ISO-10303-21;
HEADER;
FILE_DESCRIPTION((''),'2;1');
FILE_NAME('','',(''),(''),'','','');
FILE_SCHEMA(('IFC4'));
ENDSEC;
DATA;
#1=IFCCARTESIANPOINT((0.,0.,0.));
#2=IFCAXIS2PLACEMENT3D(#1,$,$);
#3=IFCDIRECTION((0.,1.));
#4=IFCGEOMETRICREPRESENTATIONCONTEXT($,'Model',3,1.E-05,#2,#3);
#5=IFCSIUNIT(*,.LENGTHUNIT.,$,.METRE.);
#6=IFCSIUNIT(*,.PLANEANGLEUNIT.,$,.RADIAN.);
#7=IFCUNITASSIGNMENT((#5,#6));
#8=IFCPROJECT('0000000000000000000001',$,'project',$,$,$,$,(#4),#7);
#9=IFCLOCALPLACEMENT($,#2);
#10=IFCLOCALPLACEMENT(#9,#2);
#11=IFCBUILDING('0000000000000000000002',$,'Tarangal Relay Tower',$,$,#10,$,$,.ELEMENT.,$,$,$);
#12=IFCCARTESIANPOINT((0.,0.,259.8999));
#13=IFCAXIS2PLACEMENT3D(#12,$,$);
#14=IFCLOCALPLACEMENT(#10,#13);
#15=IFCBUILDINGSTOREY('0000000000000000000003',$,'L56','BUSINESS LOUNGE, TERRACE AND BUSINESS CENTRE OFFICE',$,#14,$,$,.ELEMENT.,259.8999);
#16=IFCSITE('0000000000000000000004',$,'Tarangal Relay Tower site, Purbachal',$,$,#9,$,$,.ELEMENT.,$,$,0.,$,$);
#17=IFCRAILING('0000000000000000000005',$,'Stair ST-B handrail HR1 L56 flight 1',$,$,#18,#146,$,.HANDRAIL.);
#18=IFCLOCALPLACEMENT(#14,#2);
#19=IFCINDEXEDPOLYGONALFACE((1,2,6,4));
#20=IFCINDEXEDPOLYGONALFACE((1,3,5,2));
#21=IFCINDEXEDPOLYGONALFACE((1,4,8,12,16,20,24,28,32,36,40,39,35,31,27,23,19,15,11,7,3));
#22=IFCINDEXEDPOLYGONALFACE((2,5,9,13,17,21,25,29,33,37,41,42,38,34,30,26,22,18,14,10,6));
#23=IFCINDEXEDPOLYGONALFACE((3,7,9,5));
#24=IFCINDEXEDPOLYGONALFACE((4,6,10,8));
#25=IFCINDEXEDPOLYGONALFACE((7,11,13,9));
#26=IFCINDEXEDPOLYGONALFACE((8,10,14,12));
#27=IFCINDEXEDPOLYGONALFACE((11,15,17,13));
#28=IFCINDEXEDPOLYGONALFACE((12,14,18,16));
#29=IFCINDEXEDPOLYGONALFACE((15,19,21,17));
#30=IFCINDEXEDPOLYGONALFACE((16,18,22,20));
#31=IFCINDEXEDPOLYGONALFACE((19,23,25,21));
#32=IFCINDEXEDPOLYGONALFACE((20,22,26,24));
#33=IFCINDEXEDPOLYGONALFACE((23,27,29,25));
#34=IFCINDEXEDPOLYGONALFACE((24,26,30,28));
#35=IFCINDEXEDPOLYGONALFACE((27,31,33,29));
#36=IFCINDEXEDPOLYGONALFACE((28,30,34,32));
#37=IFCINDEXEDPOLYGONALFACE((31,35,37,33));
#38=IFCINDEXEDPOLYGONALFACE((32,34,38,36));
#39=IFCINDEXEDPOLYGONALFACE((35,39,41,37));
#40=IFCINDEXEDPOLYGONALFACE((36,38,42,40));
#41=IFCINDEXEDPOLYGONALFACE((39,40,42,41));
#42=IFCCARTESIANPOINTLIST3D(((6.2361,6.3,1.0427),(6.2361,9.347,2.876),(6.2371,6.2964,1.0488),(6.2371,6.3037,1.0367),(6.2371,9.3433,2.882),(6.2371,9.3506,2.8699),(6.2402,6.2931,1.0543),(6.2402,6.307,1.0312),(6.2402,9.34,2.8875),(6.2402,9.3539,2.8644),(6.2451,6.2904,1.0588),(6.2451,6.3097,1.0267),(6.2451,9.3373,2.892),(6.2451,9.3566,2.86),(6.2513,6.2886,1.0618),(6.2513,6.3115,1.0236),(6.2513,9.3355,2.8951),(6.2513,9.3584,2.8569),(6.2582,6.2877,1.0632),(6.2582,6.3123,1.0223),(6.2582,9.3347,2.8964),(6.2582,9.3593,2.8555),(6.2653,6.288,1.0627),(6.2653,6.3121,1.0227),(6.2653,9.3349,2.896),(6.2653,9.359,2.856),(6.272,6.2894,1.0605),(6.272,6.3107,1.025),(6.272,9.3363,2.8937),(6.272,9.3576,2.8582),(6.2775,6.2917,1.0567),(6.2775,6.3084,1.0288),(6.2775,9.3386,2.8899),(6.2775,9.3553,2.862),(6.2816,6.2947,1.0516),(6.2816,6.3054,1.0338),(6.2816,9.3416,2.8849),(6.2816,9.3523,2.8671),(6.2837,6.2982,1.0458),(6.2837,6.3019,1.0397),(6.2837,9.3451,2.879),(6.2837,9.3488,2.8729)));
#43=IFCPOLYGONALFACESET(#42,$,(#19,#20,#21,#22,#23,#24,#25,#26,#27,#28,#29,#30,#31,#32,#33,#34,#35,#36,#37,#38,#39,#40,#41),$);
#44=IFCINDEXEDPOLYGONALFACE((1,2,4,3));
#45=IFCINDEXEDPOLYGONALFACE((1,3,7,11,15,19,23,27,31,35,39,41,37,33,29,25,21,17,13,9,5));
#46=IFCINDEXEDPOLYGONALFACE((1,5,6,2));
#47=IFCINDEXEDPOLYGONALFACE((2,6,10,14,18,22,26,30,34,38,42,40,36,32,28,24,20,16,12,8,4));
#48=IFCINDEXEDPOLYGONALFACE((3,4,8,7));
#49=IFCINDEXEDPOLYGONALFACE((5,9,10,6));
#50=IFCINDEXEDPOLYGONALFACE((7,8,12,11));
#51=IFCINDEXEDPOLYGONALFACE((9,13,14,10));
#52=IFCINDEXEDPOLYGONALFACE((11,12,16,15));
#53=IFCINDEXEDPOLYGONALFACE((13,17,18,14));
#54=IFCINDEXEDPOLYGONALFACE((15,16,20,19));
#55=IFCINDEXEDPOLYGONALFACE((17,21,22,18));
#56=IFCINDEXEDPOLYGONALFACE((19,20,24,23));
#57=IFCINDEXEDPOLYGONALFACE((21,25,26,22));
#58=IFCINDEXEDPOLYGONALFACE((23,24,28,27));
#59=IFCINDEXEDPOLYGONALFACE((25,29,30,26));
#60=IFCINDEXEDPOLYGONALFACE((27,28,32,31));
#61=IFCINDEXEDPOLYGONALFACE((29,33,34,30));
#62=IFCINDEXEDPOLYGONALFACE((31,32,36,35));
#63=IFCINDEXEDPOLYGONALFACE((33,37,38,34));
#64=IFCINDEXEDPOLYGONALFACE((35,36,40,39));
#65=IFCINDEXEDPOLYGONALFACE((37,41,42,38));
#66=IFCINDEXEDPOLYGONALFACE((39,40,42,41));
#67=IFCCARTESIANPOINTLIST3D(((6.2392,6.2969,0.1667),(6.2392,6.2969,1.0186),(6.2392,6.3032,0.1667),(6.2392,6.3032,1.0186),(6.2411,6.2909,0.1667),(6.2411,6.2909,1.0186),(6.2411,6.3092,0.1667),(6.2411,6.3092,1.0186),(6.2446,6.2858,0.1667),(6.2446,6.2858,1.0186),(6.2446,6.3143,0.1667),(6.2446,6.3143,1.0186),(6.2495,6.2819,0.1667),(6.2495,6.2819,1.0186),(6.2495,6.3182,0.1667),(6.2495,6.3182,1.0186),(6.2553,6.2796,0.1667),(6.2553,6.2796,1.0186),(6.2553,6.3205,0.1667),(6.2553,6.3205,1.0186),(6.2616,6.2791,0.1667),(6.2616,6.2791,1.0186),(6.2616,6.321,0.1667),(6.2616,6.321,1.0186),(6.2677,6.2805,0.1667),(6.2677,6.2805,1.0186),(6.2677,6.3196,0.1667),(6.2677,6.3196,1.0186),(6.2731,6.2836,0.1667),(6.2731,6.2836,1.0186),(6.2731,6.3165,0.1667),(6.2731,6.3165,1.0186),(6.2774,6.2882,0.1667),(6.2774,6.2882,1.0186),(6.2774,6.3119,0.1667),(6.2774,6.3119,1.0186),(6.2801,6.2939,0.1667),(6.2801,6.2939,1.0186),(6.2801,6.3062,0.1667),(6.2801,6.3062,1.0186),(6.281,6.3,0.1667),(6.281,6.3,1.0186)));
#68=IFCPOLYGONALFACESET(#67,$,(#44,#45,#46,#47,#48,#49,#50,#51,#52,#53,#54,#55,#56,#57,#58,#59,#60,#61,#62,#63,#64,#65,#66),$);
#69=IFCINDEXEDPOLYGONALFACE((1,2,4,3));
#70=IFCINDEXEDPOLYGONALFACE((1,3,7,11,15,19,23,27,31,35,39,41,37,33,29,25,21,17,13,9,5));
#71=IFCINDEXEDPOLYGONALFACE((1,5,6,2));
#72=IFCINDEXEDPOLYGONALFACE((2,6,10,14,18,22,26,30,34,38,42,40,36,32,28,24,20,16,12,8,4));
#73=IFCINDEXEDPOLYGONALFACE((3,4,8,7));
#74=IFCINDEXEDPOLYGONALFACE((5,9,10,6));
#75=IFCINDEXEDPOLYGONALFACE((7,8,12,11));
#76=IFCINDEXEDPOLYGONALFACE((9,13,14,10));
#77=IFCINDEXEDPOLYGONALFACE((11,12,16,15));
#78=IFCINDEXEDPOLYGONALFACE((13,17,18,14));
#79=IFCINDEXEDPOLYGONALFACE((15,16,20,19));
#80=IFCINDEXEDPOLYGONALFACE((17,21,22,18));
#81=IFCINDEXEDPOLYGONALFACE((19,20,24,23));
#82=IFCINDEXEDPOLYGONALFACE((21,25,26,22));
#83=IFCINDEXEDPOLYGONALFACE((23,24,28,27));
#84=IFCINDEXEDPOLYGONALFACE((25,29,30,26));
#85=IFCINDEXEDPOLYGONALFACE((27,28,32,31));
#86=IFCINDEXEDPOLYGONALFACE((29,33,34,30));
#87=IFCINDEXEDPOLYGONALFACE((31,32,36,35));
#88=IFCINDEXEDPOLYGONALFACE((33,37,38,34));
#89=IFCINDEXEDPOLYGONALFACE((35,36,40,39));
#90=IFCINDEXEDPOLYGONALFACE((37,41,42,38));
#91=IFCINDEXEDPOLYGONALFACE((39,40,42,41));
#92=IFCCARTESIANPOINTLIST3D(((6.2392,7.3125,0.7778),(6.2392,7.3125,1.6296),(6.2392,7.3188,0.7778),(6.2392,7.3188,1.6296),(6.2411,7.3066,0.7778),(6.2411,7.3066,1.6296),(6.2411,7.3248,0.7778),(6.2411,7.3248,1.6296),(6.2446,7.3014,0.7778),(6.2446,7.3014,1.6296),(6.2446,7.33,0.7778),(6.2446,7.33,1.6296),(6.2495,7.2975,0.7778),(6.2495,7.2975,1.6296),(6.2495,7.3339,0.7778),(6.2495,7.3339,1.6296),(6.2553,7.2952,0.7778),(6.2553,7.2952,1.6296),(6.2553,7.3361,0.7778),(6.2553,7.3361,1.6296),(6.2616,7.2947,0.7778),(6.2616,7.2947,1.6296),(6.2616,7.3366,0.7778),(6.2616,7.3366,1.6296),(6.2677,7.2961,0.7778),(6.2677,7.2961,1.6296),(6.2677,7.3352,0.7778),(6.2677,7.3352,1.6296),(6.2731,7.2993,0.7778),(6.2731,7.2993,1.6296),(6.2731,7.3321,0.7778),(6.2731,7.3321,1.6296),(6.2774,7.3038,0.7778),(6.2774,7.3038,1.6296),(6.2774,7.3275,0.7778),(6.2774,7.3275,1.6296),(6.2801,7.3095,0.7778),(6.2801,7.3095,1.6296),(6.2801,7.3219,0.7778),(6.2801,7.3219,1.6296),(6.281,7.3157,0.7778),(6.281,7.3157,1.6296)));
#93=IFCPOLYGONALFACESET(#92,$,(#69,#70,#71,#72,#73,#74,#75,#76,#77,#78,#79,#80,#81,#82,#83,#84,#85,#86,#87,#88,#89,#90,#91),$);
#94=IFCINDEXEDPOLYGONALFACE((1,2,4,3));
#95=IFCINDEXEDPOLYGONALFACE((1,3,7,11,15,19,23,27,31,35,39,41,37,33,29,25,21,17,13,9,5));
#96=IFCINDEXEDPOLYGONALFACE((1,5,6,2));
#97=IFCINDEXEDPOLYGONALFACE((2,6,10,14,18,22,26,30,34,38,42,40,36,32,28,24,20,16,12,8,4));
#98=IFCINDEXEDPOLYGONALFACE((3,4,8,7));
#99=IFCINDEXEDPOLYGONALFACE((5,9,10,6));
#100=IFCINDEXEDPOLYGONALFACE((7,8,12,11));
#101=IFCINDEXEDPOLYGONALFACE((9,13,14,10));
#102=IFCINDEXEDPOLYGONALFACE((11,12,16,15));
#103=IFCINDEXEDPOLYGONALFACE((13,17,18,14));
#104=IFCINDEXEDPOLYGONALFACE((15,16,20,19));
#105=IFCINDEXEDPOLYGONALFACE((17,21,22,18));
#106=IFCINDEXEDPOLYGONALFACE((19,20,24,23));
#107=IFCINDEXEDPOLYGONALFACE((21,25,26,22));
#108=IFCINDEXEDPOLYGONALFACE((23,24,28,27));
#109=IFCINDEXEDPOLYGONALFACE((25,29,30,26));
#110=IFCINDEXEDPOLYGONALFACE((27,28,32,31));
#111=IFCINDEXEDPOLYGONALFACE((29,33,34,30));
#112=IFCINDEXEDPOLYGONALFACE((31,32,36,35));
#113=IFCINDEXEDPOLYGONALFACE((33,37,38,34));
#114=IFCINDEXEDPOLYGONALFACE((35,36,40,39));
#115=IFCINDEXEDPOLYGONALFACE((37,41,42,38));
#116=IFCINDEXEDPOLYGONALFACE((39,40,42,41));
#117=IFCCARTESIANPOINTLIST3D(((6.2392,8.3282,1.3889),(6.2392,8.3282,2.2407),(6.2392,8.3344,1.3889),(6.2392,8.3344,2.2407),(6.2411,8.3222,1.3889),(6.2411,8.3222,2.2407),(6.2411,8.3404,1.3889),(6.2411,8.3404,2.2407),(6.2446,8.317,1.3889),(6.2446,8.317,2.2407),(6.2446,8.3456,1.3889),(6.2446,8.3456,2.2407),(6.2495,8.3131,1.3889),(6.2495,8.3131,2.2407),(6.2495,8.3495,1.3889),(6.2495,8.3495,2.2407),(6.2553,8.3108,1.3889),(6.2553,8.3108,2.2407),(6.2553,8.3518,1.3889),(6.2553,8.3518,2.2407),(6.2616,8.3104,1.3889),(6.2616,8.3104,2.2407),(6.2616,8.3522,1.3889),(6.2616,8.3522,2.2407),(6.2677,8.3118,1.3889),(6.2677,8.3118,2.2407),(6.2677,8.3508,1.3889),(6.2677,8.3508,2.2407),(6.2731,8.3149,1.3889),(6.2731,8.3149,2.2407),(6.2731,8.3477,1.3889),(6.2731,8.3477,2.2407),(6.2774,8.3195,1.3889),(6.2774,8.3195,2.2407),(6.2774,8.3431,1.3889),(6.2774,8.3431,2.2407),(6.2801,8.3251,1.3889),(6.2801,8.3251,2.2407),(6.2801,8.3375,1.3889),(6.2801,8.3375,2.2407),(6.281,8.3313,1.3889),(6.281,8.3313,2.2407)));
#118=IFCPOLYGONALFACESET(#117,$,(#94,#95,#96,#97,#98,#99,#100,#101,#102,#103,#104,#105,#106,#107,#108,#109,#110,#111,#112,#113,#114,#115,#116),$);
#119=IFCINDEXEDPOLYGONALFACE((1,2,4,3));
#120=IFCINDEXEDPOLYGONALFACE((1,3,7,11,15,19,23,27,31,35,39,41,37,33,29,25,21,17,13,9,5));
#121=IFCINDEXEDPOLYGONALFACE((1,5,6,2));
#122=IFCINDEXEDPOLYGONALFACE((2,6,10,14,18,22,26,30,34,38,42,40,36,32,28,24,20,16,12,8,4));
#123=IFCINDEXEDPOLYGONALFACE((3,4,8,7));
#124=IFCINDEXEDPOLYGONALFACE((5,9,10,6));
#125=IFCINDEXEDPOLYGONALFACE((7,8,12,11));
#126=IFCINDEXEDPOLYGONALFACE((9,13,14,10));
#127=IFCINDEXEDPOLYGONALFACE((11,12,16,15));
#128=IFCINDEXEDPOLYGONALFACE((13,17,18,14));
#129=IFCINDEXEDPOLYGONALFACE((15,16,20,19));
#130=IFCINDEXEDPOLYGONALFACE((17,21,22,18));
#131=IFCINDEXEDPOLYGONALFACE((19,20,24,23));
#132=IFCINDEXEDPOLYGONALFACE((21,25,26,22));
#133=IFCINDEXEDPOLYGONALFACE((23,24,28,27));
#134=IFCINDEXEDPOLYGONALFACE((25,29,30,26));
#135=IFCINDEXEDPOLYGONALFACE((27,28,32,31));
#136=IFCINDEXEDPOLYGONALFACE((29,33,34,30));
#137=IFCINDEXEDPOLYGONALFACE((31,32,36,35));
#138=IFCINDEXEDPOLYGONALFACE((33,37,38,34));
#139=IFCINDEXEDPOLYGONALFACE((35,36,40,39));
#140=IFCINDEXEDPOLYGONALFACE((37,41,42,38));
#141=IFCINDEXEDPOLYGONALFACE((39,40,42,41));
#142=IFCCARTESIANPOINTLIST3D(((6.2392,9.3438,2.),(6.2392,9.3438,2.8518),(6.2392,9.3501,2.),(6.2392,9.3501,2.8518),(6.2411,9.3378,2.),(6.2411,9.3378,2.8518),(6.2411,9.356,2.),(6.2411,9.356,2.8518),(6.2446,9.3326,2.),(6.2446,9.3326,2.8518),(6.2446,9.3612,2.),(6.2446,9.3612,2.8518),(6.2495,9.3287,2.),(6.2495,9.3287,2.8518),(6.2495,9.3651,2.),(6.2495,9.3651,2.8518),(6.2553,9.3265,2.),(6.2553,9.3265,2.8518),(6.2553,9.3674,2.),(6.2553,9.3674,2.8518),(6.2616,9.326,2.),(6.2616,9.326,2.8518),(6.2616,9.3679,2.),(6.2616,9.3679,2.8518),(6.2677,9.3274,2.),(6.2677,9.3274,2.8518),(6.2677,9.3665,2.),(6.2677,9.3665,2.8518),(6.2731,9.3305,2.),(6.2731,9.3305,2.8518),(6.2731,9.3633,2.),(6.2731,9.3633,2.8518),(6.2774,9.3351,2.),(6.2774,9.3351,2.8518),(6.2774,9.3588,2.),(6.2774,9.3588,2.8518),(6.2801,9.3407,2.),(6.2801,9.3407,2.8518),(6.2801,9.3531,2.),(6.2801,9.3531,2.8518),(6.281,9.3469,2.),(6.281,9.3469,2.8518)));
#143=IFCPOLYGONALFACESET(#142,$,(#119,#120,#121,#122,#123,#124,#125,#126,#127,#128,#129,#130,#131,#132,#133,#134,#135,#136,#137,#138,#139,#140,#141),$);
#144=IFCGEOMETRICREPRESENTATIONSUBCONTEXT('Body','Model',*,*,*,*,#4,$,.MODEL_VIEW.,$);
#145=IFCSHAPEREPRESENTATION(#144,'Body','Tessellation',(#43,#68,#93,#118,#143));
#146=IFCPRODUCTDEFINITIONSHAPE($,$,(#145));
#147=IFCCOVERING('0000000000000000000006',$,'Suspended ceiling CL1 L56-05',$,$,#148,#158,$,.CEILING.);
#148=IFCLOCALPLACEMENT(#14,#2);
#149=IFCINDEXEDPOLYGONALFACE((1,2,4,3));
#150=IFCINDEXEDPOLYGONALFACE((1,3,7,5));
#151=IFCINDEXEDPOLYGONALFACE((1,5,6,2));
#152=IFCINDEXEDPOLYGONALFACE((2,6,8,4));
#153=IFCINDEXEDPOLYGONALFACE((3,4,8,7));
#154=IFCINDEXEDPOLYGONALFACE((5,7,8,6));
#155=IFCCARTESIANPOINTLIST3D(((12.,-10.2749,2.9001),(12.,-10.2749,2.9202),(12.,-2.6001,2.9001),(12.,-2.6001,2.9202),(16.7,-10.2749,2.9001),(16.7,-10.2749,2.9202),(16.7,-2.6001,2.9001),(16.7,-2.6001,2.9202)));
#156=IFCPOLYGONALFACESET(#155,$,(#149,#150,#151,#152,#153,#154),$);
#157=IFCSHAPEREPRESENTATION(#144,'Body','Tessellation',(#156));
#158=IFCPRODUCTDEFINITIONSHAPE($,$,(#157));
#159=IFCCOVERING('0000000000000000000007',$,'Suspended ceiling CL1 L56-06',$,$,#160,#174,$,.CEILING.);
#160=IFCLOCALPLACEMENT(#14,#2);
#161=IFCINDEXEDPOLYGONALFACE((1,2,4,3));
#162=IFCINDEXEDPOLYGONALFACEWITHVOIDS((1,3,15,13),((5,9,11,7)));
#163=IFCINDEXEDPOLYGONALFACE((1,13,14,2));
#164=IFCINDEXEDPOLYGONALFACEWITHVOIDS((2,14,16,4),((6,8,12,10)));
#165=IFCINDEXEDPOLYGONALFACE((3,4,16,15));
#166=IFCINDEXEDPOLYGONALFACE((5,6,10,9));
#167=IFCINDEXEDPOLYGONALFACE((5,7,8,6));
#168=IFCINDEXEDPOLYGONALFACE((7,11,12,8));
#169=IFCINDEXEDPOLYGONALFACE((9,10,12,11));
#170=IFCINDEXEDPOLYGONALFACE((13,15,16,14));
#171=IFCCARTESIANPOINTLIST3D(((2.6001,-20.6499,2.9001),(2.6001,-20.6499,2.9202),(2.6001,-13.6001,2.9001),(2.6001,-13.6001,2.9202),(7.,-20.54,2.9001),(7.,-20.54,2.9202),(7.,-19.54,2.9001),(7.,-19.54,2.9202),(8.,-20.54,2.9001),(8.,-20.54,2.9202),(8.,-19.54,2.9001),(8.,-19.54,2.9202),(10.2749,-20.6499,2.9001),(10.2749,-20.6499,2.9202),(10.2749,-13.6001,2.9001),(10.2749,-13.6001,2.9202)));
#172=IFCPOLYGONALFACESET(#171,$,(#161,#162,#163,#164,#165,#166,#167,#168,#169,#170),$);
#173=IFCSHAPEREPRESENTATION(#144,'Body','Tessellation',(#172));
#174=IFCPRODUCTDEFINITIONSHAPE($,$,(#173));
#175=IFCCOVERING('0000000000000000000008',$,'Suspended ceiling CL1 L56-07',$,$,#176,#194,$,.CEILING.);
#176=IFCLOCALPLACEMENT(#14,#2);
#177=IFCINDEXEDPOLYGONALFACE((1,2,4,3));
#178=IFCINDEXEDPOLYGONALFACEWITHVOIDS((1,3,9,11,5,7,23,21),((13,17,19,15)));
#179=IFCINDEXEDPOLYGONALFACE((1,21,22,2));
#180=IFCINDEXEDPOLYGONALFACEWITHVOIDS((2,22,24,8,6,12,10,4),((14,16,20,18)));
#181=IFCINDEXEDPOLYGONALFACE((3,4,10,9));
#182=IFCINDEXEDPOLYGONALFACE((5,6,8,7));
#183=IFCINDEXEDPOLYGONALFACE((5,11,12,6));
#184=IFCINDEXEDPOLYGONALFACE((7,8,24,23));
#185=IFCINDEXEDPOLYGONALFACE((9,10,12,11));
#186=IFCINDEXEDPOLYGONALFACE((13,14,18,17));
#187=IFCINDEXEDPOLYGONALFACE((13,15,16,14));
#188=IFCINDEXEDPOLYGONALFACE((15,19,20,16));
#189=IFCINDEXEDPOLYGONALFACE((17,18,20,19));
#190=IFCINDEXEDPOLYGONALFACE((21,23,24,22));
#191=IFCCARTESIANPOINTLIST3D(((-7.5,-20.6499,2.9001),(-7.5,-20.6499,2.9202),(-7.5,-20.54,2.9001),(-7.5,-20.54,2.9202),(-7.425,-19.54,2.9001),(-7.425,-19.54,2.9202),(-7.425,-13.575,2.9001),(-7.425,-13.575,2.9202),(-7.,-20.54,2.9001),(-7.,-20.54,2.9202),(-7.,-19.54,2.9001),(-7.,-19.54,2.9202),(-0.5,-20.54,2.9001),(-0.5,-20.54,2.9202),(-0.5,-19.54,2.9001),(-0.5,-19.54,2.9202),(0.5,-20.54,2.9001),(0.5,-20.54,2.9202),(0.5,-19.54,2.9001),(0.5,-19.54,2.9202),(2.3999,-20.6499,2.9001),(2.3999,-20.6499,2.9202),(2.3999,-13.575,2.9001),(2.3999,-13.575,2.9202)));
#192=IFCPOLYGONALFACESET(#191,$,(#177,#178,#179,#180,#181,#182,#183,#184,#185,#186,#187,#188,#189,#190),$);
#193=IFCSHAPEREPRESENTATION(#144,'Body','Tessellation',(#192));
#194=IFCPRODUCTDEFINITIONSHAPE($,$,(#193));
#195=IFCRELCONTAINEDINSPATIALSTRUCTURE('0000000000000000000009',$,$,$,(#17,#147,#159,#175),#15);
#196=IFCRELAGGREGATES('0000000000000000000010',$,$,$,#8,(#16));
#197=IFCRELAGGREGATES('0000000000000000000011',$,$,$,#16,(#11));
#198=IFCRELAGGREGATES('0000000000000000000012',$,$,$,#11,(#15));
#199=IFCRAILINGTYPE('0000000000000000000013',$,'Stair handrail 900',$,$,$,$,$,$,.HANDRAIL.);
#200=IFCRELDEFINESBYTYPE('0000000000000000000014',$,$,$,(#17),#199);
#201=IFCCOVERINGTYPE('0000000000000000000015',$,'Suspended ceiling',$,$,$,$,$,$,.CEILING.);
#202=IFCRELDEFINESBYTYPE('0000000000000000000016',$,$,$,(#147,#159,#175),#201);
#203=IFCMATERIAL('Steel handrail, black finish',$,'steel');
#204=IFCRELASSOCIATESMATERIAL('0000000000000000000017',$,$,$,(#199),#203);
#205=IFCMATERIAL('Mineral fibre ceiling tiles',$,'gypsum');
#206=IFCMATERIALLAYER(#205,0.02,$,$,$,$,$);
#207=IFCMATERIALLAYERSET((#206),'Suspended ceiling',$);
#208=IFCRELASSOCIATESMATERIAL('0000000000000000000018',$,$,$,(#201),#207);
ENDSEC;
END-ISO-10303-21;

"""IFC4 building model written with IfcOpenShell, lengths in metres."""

from ifc_helpers import new_model, si_unit, direction, frame, origin, origin_2d, place, context, subcontext, project, spatial, polyline, circle, outline, extrude, material, layer, layer_set, type_object, element, save


model = new_model("IFC4")

# Units and contexts
model_context = context("Model", 3, precision=1e-05, world=origin(), true_north=direction((0.0, 1.0)))
body_context = subcontext(model_context, "Body", "Model", "MODEL_VIEW")
ifc_project = project(units=[si_unit("LENGTHUNIT", "METRE"), si_unit("PLANEANGLEUNIT", "RADIAN")], contexts=[model_context])

# Site, building, storey
site_placement = place(None, origin())
site = spatial("IfcSite", under=ifc_project, at=site_placement, Name="Tarangal Relay Tower site, Purbachal", CompositionType="ELEMENT", RefElevation=0.0)
building_placement = place(site_placement, origin())
building = spatial("IfcBuilding", under=site, at=building_placement, Name="Tarangal Relay Tower", CompositionType="ELEMENT")
storey_placement = place(building_placement, frame((0.0, 0.0, 259.8999)))
storey = spatial("IfcBuildingStorey", under=building, at=storey_placement, Name="L56", Description="BUSINESS LOUNGE, TERRACE AND BUSINESS CENTRE OFFICE", CompositionType="ELEMENT", Elevation=259.8999)

# Railing
ifc_material_1 = material(Name="Steel handrail, black finish", Category="steel")
railing_type_1 = type_object("IfcRailingType", Name="Stair handrail 900", PredefinedType="HANDRAIL", material=ifc_material_1)
railing_1_placement = place(storey_placement, frame((6.26, 6.3, 0.1667)))
element("IfcRailing", 1, at=railing_1_placement, inside=storey, type_object=railing_type_1, Name="Stair ST-B handrail HR1 L56 flight 1", PredefinedType="HANDRAIL", context=body_context, shape_type="SweptSolid", body=[
    extrude(circle(Radius=0.0239, at=origin_2d()), frame((0.0, 0.0, 0.876), z_axis=(0.0, 0.856856, 0.515556), x_axis=(-1.0, 0.0, 0.0)), (0.0, 0.0, 1.0), 3.5559),
    extrude(circle(Radius=0.021, at=origin_2d()), origin(), (0.0, 0.0, 1.0), 0.8518),
    extrude(circle(Radius=0.021, at=origin_2d()), frame((0.0, 1.0156, 0.6111)), (0.0, 0.0, 1.0), 0.8518),
    extrude(circle(Radius=0.021, at=origin_2d()), frame((0.0, 2.0312, 1.2222)), (0.0, 0.0, 1.0), 0.8518),
    extrude(circle(Radius=0.021, at=origin_2d()), frame((0.0, 3.0469, 1.8333)), (0.0, 0.0, 1.0), 0.8518),
])

# Coverings
ifc_material_2 = material(Name="Mineral fibre ceiling tiles", Category="gypsum")
ifc_layer_1 = layer(ifc_material_2, 0.02)
ifc_layer_set_1 = layer_set([ifc_layer_1], Name="Suspended ceiling")
covering_type = type_object("IfcCoveringType", Name="Suspended ceiling", PredefinedType="CEILING", material=ifc_layer_set_1)
covering_1_placement = place(storey_placement, frame((0.0, 0.0, 2.9001)))
element("IfcCovering", 2, at=covering_1_placement, inside=storey, type_object=covering_type, Name="Suspended ceiling CL1 L56-05", PredefinedType="CEILING", context=body_context, shape_type="SweptSolid", body=[
    extrude(outline(polyline([(12.0, -10.2749), (16.7, -10.2749), (16.7, -2.6001), (12.0, -2.6001), (12.0, -10.2749)])), origin(), (0.0, 0.0, 1.0), 0.02),
])
covering_2_placement = place(storey_placement, frame((0.0, 0.0, 2.9001)))
element("IfcCovering", 3, at=covering_2_placement, inside=storey, type_object=covering_type, Name="Suspended ceiling CL1 L56-06", PredefinedType="CEILING", context=body_context, shape_type="SweptSolid", body=[
    extrude(outline(polyline([(2.6001, -20.6499), (10.2749, -20.6499), (10.2749, -13.6001), (2.6001, -13.6001), (2.6001, -20.6499)]), holes=[polyline([(8.0, -19.54), (7.0, -19.54), (7.0, -20.54), (8.0, -20.54), (8.0, -19.54)])]), origin(), (0.0, 0.0, 1.0), 0.02),
])
covering_3_placement = place(storey_placement, frame((0.0, 0.0, 2.9001)))
element("IfcCovering", 4, at=covering_3_placement, inside=storey, type_object=covering_type, Name="Suspended ceiling CL1 L56-07", PredefinedType="CEILING", context=body_context, shape_type="SweptSolid", body=[
    extrude(outline(polyline([(-7.5, -20.6499), (2.3999, -20.6499), (2.3999, -13.575), (-7.425, -13.575), (-7.425, -19.54), (-7.0, -19.54), (-7.0, -20.54), (-7.5, -20.54), (-7.5, -20.6499)]), holes=[polyline([(0.5, -20.54), (0.5, -19.54), (-0.5, -19.54), (-0.5, -20.54), (0.5, -20.54)])]), origin(), (0.0, 0.0, 1.0), 0.02),
])

save(model, "model.ifc")
